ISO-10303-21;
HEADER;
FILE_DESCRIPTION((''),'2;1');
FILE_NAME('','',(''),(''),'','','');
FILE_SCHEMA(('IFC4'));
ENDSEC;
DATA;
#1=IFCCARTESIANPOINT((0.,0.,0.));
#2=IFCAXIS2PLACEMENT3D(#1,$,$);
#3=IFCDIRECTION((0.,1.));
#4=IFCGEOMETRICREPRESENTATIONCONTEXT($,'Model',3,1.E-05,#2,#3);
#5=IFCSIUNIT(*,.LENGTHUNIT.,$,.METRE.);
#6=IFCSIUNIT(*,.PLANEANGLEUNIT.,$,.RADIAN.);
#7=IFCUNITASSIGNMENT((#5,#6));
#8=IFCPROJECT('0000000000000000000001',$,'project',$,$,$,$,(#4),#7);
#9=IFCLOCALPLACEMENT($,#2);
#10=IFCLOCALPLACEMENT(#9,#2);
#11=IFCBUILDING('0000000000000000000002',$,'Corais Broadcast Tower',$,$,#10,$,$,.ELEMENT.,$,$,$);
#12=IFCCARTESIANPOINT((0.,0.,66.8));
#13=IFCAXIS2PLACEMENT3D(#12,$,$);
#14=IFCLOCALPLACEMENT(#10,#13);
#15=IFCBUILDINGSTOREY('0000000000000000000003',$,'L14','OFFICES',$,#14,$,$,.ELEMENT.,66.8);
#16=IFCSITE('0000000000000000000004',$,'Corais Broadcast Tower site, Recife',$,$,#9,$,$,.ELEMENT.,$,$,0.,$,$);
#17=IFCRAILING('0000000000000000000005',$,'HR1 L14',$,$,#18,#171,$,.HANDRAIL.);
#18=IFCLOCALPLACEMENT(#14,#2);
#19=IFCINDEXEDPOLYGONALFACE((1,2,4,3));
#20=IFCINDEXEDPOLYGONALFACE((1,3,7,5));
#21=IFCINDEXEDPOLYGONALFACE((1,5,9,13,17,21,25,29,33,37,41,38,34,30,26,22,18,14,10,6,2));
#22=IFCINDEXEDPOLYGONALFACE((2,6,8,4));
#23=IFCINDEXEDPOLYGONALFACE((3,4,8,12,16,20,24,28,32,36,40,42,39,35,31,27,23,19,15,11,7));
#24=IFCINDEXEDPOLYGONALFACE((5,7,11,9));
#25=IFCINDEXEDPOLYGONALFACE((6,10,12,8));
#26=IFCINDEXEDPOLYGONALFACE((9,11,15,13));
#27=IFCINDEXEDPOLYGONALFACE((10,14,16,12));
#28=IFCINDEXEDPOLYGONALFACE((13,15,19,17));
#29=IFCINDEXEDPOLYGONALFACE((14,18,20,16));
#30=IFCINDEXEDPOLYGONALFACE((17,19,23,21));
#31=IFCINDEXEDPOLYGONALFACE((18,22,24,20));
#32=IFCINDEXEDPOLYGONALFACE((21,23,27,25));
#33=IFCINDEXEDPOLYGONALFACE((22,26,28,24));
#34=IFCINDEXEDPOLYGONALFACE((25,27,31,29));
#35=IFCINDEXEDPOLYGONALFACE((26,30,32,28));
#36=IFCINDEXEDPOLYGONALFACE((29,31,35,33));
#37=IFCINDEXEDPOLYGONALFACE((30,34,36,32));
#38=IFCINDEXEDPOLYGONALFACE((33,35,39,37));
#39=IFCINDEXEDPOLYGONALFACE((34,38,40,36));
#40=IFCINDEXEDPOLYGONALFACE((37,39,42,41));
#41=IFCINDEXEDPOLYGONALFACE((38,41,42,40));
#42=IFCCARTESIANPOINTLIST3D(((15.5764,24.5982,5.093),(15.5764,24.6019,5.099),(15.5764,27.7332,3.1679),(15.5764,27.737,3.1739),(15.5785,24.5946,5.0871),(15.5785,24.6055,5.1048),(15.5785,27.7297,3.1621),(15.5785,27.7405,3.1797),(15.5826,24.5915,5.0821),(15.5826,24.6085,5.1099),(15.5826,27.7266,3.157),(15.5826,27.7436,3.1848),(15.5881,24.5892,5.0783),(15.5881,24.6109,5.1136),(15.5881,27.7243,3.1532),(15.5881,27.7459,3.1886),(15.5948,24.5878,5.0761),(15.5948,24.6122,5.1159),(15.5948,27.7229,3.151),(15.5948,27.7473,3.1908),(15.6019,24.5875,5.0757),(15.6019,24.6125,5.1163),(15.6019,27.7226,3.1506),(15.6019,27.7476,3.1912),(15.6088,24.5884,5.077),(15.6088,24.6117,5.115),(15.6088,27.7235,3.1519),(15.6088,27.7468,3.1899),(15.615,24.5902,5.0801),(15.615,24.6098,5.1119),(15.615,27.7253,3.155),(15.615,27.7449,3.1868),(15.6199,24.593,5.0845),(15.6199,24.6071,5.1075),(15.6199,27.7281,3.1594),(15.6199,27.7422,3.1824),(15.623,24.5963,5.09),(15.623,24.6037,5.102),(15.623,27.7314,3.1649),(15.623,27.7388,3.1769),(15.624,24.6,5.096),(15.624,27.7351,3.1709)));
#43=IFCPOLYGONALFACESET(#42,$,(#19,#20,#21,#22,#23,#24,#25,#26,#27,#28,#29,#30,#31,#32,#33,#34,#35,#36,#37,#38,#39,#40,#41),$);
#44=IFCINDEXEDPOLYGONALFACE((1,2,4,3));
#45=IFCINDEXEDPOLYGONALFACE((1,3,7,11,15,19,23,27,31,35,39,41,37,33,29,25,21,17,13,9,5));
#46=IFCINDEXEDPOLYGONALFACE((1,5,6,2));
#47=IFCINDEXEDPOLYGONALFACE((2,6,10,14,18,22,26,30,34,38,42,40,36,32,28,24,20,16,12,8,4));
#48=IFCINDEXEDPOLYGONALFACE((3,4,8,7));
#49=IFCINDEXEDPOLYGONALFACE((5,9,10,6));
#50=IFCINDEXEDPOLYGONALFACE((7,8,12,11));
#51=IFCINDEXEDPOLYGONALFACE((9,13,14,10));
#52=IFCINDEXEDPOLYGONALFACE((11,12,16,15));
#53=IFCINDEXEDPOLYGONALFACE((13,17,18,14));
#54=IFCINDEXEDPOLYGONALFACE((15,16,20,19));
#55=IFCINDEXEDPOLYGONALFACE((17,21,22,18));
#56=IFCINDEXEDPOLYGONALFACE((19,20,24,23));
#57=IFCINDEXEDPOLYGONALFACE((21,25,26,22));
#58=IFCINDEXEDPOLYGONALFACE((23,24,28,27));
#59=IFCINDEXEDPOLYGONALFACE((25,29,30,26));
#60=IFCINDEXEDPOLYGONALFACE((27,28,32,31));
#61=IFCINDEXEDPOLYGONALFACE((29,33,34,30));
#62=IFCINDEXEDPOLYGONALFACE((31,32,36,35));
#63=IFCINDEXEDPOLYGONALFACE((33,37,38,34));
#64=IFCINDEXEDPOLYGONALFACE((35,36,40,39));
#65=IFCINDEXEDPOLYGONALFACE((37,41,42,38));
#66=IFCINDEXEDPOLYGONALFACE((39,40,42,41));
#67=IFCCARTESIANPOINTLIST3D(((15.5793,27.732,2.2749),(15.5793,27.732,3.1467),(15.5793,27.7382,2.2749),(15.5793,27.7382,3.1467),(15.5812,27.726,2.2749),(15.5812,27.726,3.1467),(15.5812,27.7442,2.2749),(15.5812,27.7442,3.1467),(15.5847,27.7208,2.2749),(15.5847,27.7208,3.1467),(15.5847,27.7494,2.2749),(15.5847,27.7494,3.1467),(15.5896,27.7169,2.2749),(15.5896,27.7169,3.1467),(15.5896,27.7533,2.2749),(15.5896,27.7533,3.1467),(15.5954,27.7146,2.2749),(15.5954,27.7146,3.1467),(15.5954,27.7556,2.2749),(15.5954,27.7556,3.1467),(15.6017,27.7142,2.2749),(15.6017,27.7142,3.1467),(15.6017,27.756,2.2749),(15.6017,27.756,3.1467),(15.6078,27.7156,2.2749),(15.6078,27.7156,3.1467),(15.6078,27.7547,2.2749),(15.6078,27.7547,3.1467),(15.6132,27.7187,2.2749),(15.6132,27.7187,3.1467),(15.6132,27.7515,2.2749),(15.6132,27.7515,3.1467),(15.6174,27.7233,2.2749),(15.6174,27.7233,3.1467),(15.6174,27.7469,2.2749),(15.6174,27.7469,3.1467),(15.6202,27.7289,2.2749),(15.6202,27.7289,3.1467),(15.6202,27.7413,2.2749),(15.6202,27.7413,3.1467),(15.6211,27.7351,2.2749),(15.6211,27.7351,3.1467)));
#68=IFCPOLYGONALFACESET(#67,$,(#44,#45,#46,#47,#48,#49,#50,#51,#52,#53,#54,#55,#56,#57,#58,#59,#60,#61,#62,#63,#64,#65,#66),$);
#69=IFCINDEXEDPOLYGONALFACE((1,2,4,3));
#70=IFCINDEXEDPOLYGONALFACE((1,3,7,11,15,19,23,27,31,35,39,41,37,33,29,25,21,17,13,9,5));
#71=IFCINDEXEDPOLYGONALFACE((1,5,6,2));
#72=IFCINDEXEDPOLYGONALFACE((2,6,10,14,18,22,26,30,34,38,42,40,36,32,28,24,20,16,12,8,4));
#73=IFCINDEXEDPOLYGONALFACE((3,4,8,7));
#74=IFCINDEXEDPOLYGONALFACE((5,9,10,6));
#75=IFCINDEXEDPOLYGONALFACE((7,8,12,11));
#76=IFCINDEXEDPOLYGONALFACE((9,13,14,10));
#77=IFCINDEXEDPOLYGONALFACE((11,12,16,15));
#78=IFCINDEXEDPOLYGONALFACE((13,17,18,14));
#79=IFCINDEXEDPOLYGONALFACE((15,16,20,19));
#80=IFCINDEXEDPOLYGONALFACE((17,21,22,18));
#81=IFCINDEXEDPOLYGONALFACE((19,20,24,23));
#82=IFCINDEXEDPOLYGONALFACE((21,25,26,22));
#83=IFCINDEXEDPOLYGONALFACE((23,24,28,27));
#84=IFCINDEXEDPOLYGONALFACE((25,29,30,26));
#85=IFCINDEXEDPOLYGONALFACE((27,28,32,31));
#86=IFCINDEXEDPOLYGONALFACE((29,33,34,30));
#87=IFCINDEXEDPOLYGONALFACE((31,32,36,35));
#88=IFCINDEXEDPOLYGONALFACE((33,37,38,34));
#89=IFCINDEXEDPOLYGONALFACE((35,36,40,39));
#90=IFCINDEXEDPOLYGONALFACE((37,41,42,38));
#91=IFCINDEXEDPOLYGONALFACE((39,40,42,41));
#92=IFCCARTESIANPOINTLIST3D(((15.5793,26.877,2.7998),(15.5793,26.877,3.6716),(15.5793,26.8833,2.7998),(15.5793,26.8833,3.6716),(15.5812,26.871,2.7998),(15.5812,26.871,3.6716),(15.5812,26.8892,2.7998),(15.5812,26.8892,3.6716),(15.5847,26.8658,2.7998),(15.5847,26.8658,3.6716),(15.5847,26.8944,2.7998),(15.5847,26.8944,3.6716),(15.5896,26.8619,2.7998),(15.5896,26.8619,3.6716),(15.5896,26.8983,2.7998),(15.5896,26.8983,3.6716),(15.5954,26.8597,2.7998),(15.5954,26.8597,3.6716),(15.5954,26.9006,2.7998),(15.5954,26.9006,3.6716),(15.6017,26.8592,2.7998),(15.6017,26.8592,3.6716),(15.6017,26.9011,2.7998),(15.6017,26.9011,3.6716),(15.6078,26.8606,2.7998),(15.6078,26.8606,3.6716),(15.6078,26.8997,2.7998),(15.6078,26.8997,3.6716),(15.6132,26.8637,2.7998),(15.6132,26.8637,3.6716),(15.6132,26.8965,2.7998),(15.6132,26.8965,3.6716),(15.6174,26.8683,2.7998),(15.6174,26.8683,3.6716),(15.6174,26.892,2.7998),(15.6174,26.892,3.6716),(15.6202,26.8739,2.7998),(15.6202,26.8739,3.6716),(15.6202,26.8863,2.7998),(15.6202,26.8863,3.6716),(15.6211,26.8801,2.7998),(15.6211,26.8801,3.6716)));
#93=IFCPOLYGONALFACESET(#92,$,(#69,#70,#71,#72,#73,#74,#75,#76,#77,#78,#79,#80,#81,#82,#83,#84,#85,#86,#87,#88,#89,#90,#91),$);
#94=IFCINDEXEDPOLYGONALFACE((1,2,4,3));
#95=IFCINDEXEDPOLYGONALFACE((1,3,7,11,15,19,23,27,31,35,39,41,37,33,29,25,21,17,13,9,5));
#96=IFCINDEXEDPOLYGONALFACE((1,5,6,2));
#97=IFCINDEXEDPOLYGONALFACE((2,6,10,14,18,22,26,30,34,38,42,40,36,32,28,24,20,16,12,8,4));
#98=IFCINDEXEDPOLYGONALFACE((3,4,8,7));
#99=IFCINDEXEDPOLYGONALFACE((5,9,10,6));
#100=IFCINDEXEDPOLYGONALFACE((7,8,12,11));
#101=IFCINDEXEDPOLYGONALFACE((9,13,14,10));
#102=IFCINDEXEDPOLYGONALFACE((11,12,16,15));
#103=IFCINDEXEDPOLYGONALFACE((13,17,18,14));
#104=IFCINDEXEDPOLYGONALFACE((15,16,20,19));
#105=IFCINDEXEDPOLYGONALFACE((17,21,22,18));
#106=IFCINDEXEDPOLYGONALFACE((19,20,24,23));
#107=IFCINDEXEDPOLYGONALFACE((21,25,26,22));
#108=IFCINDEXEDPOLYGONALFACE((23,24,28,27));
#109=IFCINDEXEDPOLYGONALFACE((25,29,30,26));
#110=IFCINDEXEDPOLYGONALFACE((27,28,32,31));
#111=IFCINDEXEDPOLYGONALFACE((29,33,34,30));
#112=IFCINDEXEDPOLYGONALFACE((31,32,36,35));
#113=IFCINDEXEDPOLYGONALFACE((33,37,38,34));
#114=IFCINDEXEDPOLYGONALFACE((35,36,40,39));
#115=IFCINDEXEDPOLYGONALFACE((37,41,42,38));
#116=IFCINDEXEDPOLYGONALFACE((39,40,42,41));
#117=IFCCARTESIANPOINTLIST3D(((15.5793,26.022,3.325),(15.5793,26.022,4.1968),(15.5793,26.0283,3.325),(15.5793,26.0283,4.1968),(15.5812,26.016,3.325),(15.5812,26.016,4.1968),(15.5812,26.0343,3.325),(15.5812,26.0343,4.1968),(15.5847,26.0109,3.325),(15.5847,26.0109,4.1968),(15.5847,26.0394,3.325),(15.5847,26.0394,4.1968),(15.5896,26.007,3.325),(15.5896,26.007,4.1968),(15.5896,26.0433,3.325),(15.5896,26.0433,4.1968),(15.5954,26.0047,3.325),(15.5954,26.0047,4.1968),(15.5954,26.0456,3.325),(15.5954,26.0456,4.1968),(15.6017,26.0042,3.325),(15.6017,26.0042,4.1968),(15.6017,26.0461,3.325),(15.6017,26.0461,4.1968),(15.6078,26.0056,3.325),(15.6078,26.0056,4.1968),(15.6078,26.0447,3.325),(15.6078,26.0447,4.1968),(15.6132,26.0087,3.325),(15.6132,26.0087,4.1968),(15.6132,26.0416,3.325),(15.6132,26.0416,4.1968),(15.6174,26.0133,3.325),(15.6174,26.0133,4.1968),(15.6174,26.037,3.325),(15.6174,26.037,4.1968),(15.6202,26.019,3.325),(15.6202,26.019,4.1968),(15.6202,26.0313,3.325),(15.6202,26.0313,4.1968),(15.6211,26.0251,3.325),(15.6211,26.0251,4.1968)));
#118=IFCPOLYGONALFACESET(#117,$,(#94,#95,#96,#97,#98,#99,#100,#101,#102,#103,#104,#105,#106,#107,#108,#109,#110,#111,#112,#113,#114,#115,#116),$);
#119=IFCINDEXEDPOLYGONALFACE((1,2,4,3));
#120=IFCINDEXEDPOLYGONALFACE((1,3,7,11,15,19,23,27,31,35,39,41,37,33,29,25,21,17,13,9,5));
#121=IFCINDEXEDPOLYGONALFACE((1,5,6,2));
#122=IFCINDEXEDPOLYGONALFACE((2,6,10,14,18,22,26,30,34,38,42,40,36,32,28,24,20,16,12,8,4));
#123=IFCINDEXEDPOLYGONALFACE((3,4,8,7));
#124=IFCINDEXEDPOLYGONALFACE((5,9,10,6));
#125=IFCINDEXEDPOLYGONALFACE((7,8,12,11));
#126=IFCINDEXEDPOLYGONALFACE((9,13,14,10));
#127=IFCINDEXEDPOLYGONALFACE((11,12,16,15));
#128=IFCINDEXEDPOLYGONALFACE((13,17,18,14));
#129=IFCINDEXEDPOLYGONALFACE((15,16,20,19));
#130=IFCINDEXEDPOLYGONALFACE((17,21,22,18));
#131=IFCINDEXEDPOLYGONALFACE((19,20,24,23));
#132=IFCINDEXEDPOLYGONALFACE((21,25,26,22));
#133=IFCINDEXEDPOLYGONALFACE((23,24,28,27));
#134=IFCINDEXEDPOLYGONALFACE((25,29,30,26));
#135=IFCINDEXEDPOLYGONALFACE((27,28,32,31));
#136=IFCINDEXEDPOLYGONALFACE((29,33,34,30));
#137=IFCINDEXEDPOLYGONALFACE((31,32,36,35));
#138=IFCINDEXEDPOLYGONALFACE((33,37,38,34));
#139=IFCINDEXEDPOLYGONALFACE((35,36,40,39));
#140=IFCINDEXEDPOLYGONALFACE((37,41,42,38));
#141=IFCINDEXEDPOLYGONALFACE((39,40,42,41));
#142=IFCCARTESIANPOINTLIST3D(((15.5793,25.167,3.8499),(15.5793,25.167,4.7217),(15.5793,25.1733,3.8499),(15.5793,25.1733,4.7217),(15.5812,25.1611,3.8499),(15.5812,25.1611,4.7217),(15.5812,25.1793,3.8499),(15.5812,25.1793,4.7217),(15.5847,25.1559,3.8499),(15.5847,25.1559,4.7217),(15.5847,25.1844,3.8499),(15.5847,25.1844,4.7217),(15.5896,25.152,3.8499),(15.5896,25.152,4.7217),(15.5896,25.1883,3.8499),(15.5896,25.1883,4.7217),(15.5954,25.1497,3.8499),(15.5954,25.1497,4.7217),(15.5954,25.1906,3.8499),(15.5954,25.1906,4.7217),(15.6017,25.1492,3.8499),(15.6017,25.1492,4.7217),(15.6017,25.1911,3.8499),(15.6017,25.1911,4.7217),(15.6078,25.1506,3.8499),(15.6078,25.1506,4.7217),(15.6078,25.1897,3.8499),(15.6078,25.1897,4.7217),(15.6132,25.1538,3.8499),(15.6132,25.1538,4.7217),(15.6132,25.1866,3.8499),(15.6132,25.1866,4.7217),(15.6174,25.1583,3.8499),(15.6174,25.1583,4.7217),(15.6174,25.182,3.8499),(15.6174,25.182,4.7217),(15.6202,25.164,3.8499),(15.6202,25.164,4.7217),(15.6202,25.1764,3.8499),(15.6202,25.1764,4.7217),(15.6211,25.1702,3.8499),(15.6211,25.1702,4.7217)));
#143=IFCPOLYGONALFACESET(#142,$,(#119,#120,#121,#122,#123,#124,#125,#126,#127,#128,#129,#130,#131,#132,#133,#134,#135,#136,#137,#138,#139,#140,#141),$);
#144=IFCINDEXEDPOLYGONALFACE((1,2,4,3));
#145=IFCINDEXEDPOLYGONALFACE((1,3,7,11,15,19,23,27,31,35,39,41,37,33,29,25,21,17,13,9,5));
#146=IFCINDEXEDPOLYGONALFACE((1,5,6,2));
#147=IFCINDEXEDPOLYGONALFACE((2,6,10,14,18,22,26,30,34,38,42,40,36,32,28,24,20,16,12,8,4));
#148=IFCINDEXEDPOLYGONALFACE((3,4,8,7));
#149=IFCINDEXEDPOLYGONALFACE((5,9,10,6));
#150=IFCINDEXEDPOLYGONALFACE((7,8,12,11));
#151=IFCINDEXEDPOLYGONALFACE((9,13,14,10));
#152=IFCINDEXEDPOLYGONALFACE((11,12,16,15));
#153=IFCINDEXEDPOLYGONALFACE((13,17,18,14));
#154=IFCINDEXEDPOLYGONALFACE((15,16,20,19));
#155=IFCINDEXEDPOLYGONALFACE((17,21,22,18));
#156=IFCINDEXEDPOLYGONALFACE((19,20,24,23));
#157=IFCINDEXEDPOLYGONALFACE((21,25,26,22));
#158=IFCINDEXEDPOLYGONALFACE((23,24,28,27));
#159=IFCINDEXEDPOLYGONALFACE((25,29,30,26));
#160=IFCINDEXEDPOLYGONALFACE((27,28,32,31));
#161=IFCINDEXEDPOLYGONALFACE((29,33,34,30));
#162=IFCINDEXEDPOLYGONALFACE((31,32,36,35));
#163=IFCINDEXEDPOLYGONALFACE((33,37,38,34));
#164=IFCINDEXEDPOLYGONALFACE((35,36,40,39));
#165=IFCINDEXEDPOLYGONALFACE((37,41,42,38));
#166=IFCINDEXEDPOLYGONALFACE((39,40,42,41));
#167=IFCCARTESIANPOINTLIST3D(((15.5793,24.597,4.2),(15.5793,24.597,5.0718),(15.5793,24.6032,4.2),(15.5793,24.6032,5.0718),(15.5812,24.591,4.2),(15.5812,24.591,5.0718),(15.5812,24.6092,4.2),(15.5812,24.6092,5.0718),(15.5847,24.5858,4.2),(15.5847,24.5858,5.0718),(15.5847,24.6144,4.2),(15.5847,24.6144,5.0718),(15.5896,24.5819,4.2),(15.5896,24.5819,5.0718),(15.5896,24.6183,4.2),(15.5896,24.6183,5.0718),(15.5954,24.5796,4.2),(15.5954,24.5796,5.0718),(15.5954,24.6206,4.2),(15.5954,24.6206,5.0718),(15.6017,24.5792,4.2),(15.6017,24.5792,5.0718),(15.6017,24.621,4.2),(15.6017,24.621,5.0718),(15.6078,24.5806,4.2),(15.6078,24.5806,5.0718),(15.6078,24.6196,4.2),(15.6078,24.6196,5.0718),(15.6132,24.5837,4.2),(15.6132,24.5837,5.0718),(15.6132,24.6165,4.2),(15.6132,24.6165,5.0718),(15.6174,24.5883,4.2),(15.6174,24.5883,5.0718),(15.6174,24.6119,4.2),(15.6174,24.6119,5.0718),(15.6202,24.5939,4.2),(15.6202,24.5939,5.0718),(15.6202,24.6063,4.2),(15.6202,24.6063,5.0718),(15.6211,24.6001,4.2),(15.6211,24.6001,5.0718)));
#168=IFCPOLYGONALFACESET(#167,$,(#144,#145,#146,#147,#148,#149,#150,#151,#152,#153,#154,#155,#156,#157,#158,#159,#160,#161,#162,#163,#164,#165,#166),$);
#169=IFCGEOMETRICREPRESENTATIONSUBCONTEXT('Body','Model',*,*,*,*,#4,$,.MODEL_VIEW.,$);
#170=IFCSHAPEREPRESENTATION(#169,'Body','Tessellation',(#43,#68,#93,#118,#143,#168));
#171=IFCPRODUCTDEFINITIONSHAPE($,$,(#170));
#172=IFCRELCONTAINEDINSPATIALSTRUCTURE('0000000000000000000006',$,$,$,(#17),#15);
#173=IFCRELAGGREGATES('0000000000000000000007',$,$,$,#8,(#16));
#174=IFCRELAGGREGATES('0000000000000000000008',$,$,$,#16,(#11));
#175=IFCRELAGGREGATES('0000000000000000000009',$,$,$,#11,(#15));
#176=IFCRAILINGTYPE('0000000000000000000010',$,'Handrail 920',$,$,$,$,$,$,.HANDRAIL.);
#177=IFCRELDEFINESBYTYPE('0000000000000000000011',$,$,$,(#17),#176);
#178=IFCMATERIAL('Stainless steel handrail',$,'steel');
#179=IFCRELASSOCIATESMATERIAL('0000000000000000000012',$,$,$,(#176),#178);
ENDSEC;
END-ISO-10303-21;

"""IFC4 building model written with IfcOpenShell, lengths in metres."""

from ifc_helpers import new_model, si_unit, direction, frame, origin, origin_2d, place, context, subcontext, project, spatial, circle, extrude, material, type_object, element, save


model = new_model("IFC4")

# Units and contexts
model_context = context("Model", 3, precision=1e-05, world=origin(), true_north=direction((0.0, 1.0)))
body_context = subcontext(model_context, "Body", "Model", "MODEL_VIEW")
ifc_project = project(units=[si_unit("LENGTHUNIT", "METRE"), si_unit("PLANEANGLEUNIT", "RADIAN")], contexts=[model_context])

# Site, building, storey
site_placement = place(None, origin())
site = spatial("IfcSite", under=ifc_project, at=site_placement, Name="Corais Broadcast Tower site, Recife", CompositionType="ELEMENT", RefElevation=0.0)
building_placement = place(site_placement, origin())
building = spatial("IfcBuilding", under=site, at=building_placement, Name="Corais Broadcast Tower", CompositionType="ELEMENT")
storey_placement = place(building_placement, frame((0.0, 0.0, 66.8)))
storey = spatial("IfcBuildingStorey", under=building, at=storey_placement, Name="L14", Description="OFFICES", CompositionType="ELEMENT", Elevation=66.8)

# Railing
ifc_material_1 = material(Name="Stainless steel handrail", Category="steel")
railing_type = type_object("IfcRailingType", Name="Handrail 920", PredefinedType="HANDRAIL", material=ifc_material_1)
for number, where, name in (
    (1, (15.6001, 27.7351, 2.2749), "HR1 L14"),
):
    element("IfcRailing", number, at=place(storey_placement, frame(where)), inside=storey, type_object=railing_type, Name=name, PredefinedType="HANDRAIL", context=body_context, shape_type="SweptSolid", body=[
        extrude(circle(Radius=0.0239, at=origin_2d()), frame((0.0, 0.0, 0.896), z_axis=(0.0, -0.852166, 0.523271), x_axis=(1.0, 0.0, 0.0)), (0.0, 0.0, 1.0), 3.679),
        extrude(circle(Radius=0.021, at=origin_2d()), origin(), (0.0, 0.0, 1.0), 0.8718),
        extrude(circle(Radius=0.021, at=origin_2d()), frame((0.0, -0.855, 0.5249)), (0.0, 0.0, 1.0), 0.8718),
        extrude(circle(Radius=0.021, at=origin_2d()), frame((0.0, -1.71, 1.05)), (0.0, 0.0, 1.0), 0.8718),
        extrude(circle(Radius=0.021, at=origin_2d()), frame((0.0, -2.5649, 1.575)), (0.0, 0.0, 1.0), 0.8718),
        extrude(circle(Radius=0.021, at=origin_2d()), frame((0.0, -3.135, 1.925)), (0.0, 0.0, 1.0), 0.8718),
    ])

save(model, "model.ifc")
